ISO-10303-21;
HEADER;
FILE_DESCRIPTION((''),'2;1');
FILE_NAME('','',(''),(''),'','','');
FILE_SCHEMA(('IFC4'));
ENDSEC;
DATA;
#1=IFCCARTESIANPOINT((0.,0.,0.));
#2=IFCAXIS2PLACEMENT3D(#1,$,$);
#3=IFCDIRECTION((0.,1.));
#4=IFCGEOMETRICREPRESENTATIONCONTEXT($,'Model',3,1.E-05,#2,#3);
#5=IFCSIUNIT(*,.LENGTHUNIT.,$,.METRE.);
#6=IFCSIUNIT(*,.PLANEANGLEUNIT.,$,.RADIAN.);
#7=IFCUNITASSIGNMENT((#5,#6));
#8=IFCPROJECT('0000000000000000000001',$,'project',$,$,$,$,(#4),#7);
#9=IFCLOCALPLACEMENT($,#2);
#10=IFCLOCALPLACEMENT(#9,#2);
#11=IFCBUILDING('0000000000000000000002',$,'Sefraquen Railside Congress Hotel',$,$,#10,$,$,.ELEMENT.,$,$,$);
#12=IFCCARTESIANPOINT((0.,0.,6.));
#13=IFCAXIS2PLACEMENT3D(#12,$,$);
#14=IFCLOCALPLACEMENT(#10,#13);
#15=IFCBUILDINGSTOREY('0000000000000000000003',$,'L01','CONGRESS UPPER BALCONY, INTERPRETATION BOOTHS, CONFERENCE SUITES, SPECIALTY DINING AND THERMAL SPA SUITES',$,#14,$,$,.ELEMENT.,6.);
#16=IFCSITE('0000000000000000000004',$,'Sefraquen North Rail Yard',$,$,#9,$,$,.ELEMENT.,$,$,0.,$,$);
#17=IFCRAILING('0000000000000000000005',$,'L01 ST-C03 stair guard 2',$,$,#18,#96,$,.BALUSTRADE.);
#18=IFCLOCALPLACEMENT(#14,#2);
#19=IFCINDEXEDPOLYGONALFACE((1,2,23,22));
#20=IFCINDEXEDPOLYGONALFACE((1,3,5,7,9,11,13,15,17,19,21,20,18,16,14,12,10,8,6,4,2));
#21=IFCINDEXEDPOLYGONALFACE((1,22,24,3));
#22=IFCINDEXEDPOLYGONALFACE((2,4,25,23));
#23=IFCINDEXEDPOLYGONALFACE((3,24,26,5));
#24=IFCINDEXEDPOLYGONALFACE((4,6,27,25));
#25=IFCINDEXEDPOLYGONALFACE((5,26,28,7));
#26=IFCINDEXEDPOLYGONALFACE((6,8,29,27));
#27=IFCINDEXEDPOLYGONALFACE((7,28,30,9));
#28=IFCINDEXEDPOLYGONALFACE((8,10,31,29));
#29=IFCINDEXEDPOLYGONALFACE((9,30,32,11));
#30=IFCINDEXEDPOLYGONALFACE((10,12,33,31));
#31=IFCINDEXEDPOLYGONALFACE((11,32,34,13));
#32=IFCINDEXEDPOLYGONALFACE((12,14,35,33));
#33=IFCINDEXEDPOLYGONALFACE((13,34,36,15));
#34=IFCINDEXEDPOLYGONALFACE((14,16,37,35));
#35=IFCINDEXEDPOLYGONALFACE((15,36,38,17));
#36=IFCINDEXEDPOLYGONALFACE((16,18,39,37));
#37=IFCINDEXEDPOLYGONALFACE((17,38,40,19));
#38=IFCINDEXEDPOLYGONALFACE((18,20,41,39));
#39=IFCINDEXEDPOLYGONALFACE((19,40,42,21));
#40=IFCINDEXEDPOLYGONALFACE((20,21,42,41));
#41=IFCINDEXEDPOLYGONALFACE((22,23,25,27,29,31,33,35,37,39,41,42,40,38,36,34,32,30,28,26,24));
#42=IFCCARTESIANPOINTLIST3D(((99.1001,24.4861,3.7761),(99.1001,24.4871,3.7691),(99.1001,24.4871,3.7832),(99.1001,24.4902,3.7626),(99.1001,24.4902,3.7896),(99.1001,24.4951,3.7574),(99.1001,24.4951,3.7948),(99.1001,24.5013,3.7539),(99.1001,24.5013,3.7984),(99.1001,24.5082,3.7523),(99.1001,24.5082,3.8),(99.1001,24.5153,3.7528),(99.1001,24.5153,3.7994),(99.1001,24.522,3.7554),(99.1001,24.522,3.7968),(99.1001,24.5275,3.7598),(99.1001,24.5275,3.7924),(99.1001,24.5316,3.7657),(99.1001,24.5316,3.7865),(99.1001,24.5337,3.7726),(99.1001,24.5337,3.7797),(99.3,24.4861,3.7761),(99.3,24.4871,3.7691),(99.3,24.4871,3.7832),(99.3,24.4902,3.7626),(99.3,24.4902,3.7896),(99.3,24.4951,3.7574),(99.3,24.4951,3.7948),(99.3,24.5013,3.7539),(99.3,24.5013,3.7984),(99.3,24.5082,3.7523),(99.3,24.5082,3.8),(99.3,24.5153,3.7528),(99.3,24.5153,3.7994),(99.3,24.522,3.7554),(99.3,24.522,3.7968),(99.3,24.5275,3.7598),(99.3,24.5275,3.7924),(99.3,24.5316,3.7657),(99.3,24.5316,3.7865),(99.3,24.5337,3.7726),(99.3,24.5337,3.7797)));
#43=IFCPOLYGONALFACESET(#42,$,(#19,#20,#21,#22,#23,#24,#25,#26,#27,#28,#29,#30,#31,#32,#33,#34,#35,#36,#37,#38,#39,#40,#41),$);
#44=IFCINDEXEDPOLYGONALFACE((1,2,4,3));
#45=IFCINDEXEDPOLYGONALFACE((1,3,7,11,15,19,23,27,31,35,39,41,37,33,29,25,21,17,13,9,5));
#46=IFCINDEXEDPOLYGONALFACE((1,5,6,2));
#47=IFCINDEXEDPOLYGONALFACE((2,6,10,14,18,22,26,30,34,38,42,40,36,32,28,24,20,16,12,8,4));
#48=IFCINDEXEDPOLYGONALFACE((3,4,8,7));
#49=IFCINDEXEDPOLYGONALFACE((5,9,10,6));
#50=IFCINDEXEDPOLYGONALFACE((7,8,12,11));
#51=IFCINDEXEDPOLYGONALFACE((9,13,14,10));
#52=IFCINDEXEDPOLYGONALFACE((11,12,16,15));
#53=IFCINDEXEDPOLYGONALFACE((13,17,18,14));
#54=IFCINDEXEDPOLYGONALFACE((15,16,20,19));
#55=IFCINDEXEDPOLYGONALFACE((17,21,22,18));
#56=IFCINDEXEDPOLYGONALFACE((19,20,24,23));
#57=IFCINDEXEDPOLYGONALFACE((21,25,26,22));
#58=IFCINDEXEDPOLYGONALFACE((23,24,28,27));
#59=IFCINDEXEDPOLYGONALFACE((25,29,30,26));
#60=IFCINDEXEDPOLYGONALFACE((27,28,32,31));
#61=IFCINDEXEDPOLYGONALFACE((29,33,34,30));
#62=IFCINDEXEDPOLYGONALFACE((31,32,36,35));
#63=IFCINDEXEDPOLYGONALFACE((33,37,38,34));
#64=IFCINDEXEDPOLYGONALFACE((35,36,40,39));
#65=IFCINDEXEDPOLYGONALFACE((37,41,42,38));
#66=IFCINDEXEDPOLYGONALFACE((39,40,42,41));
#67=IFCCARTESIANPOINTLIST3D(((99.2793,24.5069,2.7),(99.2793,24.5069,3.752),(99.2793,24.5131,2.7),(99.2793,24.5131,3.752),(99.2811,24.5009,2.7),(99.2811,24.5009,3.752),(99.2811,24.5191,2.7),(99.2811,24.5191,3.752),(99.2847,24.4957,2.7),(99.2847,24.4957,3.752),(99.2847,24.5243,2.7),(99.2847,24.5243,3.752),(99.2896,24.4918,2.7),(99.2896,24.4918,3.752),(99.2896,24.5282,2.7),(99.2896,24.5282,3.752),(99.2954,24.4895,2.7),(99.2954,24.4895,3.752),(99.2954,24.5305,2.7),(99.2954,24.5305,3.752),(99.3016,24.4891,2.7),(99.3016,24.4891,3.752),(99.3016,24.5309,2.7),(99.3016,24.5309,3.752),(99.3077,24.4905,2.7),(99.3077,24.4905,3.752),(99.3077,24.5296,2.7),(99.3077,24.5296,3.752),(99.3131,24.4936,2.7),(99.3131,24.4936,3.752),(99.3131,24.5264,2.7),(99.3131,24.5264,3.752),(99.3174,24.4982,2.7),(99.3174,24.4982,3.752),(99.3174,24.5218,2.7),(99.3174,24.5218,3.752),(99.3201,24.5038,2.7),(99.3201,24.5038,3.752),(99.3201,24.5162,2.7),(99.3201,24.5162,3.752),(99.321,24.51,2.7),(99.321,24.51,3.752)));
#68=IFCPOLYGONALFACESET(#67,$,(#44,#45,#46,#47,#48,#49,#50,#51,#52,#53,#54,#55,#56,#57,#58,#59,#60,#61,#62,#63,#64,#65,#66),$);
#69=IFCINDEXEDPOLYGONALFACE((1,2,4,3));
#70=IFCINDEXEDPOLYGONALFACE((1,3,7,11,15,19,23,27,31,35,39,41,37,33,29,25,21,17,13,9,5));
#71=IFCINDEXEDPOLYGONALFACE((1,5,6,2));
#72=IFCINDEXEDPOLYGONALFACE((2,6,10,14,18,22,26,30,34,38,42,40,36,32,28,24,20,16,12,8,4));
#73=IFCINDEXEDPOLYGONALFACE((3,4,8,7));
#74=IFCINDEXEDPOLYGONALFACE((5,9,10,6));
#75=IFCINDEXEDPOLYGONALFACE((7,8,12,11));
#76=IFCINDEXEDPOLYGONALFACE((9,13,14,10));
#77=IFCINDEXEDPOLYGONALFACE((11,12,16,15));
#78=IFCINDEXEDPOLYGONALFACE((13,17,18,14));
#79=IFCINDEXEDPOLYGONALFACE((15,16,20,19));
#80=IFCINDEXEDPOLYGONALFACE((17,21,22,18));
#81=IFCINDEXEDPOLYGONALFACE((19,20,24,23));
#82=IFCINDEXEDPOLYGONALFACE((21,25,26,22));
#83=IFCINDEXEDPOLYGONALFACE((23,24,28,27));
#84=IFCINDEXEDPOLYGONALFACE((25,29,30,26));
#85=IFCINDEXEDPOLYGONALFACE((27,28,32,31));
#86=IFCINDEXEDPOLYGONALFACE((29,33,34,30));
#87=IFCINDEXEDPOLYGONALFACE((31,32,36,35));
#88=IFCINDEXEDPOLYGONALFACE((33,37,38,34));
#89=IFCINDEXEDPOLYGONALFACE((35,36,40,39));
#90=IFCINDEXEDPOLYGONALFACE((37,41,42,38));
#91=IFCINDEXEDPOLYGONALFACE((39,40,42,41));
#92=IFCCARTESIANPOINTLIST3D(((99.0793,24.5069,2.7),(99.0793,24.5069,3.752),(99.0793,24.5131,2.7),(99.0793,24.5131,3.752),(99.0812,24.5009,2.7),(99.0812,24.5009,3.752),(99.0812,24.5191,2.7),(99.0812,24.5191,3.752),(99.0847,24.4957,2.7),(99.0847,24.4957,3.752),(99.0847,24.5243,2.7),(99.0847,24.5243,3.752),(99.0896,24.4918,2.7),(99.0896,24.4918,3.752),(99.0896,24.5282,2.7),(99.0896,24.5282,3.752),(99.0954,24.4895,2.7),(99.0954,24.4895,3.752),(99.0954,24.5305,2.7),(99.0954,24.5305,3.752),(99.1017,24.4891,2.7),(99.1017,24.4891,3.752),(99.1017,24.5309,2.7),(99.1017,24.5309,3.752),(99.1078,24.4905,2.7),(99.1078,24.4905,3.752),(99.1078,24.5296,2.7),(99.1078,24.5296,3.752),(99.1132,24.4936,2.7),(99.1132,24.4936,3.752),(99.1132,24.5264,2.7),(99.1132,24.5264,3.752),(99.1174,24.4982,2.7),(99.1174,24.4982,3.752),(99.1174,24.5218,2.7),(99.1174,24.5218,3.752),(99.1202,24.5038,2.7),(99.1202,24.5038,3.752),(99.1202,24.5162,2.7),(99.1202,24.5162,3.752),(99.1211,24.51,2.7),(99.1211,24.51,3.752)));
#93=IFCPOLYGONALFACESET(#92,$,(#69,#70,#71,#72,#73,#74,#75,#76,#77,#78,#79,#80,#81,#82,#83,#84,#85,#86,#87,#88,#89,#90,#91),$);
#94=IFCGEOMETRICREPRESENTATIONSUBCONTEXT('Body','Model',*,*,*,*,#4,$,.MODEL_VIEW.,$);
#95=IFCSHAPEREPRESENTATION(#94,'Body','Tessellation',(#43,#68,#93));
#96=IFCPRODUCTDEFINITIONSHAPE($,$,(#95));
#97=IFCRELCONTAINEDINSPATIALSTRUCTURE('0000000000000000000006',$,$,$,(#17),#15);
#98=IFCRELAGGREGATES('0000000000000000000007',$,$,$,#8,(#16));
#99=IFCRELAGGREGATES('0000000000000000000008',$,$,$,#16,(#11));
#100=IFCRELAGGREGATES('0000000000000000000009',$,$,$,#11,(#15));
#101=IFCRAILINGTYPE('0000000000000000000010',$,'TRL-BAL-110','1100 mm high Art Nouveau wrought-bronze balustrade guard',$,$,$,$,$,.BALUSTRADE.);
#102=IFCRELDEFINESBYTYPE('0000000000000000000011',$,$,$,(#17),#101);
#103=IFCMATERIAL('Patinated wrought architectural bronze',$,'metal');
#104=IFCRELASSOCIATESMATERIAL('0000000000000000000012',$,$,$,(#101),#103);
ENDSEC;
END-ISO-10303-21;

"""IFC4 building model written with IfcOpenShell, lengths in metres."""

from ifc_helpers import new_model, si_unit, direction, frame, origin, origin_2d, place, context, subcontext, project, spatial, circle, extrude, material, type_object, element, save


model = new_model("IFC4")

# Units and contexts
model_context = context("Model", 3, precision=1e-05, world=origin(), true_north=direction((0.0, 1.0)))
body_context = subcontext(model_context, "Body", "Model", "MODEL_VIEW")
ifc_project = project(units=[si_unit("LENGTHUNIT", "METRE"), si_unit("PLANEANGLEUNIT", "RADIAN")], contexts=[model_context])

# Site, building, storey
site_placement = place(None, origin())
site = spatial("IfcSite", under=ifc_project, at=site_placement, Name="Sefraquen North Rail Yard", CompositionType="ELEMENT", RefElevation=0.0)
building_placement = place(site_placement, origin())
building = spatial("IfcBuilding", under=site, at=building_placement, Name="Sefraquen Railside Congress Hotel", CompositionType="ELEMENT")
storey_placement = place(building_placement, frame((0.0, 0.0, 6.0)))
storey = spatial("IfcBuildingStorey", under=building, at=storey_placement, Name="L01", Description="CONGRESS UPPER BALCONY, INTERPRETATION BOOTHS, CONFERENCE SUITES, SPECIALTY DINING AND THERMAL SPA SUITES", CompositionType="ELEMENT", Elevation=6.0)

# Railing
ifc_material_1 = material(Name="Patinated wrought architectural bronze", Category="metal")
railing_type_1 = type_object("IfcRailingType", Name="TRL-BAL-110", Description="1100 mm high Art Nouveau wrought-bronze balustrade guard", PredefinedType="BALUSTRADE", material=ifc_material_1)
railing_1_placement = place(storey_placement, frame((99.3, 24.51, 2.7)))
element("IfcRailing", 1, at=railing_1_placement, inside=storey, type_object=railing_type_1, Name="L01 ST-C03 stair guard 2", PredefinedType="BALUSTRADE", context=body_context, shape_type="SweptSolid", body=[
    extrude(circle(Radius=0.0239, at=origin_2d()), frame((0.0, 0.0, 1.0762), z_axis=(-1.0, 0.0, 0.0), x_axis=(0.0, -1.0, 0.0)), (0.0, 0.0, 1.0), 0.2),
    extrude(circle(Radius=0.021, at=origin_2d()), origin(), (0.0, 0.0, 1.0), 1.052),
    extrude(circle(Radius=0.021, at=origin_2d()), frame((-0.2, 0.0, 0.0)), (0.0, 0.0, 1.0), 1.052),
])

save(model, "model.ifc")
